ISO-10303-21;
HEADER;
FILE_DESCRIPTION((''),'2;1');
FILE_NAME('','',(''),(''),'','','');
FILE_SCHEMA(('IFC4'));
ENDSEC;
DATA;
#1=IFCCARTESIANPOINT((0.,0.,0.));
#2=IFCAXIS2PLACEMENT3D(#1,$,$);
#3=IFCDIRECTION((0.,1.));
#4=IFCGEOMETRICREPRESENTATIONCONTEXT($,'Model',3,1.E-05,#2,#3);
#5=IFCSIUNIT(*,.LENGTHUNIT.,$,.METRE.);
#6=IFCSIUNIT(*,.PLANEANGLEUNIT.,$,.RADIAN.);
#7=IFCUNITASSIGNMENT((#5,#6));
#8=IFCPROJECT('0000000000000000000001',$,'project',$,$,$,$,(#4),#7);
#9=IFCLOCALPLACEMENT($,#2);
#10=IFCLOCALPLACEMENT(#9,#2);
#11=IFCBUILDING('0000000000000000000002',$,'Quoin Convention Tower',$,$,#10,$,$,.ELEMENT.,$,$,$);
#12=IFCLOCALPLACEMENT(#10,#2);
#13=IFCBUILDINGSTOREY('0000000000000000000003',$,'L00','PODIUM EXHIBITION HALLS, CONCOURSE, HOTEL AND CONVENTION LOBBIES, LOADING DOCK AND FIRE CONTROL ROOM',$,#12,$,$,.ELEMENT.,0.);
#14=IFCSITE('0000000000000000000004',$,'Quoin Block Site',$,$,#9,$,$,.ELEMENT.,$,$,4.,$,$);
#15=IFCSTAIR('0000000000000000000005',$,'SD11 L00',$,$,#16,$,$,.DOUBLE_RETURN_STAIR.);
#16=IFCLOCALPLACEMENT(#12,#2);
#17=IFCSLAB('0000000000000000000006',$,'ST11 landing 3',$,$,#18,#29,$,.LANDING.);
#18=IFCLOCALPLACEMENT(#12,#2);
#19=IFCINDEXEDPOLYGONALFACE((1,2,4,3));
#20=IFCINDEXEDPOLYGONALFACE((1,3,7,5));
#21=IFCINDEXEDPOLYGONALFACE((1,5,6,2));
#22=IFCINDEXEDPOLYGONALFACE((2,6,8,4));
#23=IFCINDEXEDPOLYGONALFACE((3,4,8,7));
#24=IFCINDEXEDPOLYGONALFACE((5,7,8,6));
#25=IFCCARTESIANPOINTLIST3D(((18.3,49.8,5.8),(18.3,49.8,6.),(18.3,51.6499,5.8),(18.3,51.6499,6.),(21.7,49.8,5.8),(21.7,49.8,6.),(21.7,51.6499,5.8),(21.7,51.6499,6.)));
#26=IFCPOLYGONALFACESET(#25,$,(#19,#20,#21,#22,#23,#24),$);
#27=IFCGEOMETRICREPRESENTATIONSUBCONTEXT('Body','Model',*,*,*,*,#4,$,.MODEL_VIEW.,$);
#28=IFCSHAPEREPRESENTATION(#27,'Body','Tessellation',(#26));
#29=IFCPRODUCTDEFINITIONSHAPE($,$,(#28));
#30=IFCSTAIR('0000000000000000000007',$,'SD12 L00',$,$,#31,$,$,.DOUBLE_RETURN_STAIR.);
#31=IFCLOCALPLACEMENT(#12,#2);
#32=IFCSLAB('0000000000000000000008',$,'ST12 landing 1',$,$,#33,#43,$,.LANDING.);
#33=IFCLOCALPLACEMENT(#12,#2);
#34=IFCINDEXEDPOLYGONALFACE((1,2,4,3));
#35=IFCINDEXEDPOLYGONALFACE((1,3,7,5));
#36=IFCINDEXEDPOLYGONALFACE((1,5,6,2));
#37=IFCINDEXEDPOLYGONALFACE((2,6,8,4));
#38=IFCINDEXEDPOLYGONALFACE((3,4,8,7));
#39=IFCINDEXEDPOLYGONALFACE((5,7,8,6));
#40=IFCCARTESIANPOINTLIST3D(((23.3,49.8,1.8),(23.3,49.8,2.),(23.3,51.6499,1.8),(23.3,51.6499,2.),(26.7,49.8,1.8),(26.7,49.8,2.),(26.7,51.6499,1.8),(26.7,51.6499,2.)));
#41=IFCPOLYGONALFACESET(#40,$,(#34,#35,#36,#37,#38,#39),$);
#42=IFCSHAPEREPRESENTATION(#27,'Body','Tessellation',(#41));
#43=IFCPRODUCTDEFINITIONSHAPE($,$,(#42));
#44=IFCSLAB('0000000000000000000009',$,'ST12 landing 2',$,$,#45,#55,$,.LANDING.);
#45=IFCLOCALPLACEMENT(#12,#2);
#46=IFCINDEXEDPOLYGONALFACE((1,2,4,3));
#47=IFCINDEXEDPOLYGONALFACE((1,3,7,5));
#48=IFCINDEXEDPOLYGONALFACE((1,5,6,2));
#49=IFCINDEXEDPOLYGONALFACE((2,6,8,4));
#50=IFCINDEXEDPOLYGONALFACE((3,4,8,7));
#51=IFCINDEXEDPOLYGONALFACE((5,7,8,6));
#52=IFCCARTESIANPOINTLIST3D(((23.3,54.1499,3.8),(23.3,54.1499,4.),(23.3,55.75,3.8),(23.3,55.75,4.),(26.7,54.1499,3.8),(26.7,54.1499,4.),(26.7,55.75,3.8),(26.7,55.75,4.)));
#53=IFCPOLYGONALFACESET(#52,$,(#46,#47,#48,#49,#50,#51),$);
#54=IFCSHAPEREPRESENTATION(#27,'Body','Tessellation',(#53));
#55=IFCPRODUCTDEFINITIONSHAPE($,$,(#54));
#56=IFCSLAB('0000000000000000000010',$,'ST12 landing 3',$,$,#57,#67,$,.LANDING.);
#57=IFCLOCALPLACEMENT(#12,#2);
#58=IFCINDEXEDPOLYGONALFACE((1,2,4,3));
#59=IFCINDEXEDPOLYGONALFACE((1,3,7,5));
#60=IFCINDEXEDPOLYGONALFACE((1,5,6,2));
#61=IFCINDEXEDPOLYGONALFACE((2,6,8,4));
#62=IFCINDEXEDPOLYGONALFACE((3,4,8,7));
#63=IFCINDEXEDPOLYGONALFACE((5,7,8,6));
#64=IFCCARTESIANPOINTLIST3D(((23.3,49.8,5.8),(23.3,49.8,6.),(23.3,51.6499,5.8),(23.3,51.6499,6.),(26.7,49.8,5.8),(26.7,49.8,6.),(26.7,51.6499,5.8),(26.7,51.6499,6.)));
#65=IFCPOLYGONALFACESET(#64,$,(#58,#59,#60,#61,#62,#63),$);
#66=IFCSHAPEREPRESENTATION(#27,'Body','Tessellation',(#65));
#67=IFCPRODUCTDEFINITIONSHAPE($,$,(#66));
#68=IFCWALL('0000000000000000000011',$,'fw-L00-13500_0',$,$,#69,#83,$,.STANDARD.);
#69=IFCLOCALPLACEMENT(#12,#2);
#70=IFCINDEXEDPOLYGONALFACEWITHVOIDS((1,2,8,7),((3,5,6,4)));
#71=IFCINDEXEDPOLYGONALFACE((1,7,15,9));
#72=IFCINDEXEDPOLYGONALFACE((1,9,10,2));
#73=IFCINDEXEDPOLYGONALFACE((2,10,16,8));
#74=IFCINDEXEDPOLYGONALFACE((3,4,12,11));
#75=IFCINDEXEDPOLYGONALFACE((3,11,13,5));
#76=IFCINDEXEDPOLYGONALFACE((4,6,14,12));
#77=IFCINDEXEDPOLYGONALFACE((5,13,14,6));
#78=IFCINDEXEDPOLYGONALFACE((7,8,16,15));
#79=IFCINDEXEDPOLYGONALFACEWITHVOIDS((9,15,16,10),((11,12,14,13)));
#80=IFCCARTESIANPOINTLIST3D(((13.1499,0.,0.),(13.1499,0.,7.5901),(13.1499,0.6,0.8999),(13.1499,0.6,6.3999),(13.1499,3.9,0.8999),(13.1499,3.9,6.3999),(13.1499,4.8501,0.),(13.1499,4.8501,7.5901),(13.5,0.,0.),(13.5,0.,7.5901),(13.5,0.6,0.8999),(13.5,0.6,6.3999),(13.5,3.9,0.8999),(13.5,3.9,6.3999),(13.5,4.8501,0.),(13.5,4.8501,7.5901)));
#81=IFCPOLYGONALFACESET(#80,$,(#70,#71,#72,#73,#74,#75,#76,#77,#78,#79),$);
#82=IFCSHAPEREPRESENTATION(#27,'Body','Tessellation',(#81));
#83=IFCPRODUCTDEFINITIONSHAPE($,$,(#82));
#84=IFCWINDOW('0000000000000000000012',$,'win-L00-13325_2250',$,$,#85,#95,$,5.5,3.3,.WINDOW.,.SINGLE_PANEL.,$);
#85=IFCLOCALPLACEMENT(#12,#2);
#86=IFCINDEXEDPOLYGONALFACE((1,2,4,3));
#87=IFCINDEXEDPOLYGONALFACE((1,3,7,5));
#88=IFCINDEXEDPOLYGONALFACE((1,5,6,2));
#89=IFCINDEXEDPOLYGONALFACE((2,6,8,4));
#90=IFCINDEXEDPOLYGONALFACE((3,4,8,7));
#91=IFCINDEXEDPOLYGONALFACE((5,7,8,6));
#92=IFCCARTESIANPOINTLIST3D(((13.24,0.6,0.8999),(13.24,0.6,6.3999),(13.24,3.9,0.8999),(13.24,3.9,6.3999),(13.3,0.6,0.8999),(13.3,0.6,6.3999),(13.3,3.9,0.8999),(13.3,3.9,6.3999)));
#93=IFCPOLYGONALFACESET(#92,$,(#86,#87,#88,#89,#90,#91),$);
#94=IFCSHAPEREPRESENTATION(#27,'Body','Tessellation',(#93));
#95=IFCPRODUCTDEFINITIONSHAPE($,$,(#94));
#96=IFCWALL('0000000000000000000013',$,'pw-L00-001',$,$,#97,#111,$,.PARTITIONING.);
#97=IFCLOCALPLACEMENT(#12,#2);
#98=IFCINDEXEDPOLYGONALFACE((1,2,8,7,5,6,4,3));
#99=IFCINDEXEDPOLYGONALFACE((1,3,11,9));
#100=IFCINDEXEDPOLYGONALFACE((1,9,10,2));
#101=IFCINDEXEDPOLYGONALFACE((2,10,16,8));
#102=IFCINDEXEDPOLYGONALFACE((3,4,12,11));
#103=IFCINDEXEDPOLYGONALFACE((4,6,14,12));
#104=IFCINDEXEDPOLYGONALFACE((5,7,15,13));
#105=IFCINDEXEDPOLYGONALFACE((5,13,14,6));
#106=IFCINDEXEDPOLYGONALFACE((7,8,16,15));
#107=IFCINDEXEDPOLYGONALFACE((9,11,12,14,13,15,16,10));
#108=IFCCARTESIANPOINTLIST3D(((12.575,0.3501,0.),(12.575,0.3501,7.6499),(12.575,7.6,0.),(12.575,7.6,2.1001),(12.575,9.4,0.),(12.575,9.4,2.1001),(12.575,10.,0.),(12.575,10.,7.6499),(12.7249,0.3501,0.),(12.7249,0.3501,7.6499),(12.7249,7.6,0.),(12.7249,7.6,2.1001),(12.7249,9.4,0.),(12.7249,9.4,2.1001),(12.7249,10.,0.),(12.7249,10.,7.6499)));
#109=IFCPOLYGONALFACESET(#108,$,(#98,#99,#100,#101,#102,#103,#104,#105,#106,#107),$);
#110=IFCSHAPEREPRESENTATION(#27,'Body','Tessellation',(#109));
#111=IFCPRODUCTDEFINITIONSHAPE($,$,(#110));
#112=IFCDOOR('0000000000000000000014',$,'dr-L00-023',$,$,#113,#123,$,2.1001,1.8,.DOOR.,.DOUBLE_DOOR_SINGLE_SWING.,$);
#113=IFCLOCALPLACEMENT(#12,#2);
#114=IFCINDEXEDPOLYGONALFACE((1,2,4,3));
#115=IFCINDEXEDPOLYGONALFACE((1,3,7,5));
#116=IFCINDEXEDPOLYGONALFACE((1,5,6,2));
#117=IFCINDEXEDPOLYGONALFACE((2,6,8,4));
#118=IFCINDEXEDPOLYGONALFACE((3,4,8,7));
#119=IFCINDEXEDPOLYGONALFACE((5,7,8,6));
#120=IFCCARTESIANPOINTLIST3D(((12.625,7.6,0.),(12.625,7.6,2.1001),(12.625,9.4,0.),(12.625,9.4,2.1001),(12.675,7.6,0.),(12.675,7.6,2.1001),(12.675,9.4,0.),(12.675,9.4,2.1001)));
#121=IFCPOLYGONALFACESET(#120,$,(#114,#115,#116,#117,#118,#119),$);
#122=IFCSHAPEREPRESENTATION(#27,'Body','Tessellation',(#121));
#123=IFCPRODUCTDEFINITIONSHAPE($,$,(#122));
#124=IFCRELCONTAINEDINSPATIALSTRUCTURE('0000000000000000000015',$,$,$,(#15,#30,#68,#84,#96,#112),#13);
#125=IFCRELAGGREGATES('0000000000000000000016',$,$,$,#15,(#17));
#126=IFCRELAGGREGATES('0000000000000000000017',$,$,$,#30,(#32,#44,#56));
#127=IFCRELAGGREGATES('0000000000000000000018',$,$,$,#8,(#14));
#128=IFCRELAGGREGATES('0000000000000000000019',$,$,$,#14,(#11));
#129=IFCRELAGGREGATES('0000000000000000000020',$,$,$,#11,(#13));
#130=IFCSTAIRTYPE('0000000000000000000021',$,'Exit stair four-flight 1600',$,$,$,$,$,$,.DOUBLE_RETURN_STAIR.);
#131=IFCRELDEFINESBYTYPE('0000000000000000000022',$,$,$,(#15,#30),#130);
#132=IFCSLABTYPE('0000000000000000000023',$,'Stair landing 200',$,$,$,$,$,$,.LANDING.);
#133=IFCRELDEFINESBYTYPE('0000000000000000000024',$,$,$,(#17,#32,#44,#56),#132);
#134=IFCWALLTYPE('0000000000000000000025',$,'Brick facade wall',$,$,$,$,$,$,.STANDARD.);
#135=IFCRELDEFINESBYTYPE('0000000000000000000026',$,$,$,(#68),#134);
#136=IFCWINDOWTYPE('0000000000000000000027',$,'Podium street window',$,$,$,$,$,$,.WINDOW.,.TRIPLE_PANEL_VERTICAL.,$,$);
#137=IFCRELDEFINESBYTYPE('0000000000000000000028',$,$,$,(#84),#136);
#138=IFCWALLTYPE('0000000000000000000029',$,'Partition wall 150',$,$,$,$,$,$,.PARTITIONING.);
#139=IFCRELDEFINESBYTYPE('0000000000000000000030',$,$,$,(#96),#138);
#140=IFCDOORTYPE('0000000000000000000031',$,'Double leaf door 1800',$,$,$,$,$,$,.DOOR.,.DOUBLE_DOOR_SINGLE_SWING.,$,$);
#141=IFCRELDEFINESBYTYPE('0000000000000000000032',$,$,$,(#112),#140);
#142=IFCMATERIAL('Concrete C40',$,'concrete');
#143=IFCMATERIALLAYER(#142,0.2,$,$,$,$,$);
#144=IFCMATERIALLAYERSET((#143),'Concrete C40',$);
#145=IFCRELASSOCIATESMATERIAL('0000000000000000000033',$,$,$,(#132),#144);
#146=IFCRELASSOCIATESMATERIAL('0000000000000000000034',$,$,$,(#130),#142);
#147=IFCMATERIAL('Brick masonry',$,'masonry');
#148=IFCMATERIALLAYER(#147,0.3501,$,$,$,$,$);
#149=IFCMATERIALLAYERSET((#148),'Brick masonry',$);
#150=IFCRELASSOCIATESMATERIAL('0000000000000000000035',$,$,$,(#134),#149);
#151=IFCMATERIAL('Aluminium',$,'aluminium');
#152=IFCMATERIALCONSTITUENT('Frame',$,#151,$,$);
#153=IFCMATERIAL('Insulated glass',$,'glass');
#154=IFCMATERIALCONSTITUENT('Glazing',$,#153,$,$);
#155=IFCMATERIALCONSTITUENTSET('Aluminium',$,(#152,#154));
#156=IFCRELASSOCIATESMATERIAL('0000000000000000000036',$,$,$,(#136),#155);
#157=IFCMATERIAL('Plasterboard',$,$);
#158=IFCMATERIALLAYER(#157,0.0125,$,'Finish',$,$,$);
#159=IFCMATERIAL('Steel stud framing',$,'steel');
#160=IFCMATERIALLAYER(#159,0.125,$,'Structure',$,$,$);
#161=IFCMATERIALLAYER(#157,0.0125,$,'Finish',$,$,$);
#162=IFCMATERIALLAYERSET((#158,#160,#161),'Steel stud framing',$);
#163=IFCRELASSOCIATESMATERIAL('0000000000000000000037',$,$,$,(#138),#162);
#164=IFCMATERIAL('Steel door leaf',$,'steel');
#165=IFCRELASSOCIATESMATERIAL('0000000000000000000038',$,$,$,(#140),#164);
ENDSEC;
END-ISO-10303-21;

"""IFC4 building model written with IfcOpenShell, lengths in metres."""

from ifc_helpers import new_model, si_unit, direction, frame, frame_2d, origin, place, context, subcontext, project, spatial, polyline, rectangle, outline, extrude, material, layer, layer_set, constituent, constituent_set, type_object, element, fill, aggregate, save


model = new_model("IFC4")

# Units and contexts
model_context = context("Model", 3, precision=1e-05, world=origin(), true_north=direction((0.0, 1.0)))
body_context = subcontext(model_context, "Body", "Model", "MODEL_VIEW")
ifc_project = project(units=[si_unit("LENGTHUNIT", "METRE"), si_unit("PLANEANGLEUNIT", "RADIAN")], contexts=[model_context])

# Site, building, storey
site_placement = place(None, origin())
site = spatial("IfcSite", under=ifc_project, at=site_placement, Name="Quoin Block Site", CompositionType="ELEMENT", RefElevation=4.0)
building_placement = place(site_placement, origin())
building = spatial("IfcBuilding", under=site, at=building_placement, Name="Quoin Convention Tower", CompositionType="ELEMENT")
storey_placement = place(building_placement, origin())
storey = spatial("IfcBuildingStorey", under=building, at=storey_placement, Name="L00", Description="PODIUM EXHIBITION HALLS, CONCOURSE, HOTEL AND CONVENTION LOBBIES, LOADING DOCK AND FIRE CONTROL ROOM", CompositionType="ELEMENT", Elevation=0.0)

# Shared definitions
ifc_material_1 = material(Name="Aluminium", Category="aluminium")
ifc_material_2 = material(Name="Insulated glass", Category="glass")

# Shared definitions
ifc_material_3 = material(Name="Concrete C40", Category="concrete")
ifc_layer_1 = layer(ifc_material_3, 0.2)
ifc_layer_set_1 = layer_set([ifc_layer_1], Name="Concrete C40")
slab_type = type_object("IfcSlabType", Name="Stair landing 200", PredefinedType="LANDING", material=ifc_layer_set_1)

# Stairs, slabs
stair_type_1 = type_object("IfcStairType", Name="Exit stair four-flight 1600", PredefinedType="DOUBLE_RETURN_STAIR", material=ifc_material_3)
stair_1_placement = place(storey_placement, origin())
stair_1 = element("IfcStair", 1, at=stair_1_placement, inside=storey, type_object=stair_type_1, Name="SD11 L00", PredefinedType="DOUBLE_RETURN_STAIR")
slab_1_placement = place(storey_placement, frame((0.0, 0.0, 5.8)))
slab_1 = element("IfcSlab", 2, at=slab_1_placement, type_object=slab_type, Name="ST11 landing 3", PredefinedType="LANDING", context=body_context, shape_type="SweptSolid", body=[
    extrude(outline(polyline([(21.7, 51.6499), (18.3, 51.6499), (18.3, 49.8), (21.7, 49.8), (21.7, 51.6499)])), origin(), (0.0, 0.0, 1.0), 0.2),
])
aggregate(stair_1, [slab_1])
stair_2_placement = place(storey_placement, origin())
stair_2 = element("IfcStair", 3, at=stair_2_placement, inside=storey, type_object=stair_type_1, Name="SD12 L00", PredefinedType="DOUBLE_RETURN_STAIR")
slab_2_placement = place(storey_placement, frame((0.0, 0.0, 1.8)))
slab_2 = element("IfcSlab", 4, at=slab_2_placement, type_object=slab_type, Name="ST12 landing 1", PredefinedType="LANDING", context=body_context, shape_type="SweptSolid", body=[
    extrude(outline(polyline([(26.7, 51.6499), (23.3, 51.6499), (23.3, 49.8), (26.7, 49.8), (26.7, 51.6499)])), origin(), (0.0, 0.0, 1.0), 0.2),
])
slab_3_placement = place(storey_placement, frame((0.0, 0.0, 3.8)))
slab_3 = element("IfcSlab", 5, at=slab_3_placement, type_object=slab_type, Name="ST12 landing 2", PredefinedType="LANDING", context=body_context, shape_type="SweptSolid", body=[
    extrude(outline(polyline([(26.7, 55.75), (23.3, 55.75), (23.3, 54.1499), (26.7, 54.1499), (26.7, 55.75)])), origin(), (0.0, 0.0, 1.0), 0.2),
])
slab_4_placement = place(storey_placement, frame((0.0, 0.0, 5.8)))
slab_4 = element("IfcSlab", 6, at=slab_4_placement, type_object=slab_type, Name="ST12 landing 3", PredefinedType="LANDING", context=body_context, shape_type="SweptSolid", body=[
    extrude(outline(polyline([(26.7, 51.6499), (23.3, 51.6499), (23.3, 49.8), (26.7, 49.8), (26.7, 51.6499)])), origin(), (0.0, 0.0, 1.0), 0.2),
])
aggregate(stair_2, [slab_2, slab_3, slab_4])

# Shared definitions
ifc_material_4 = material(Name="Brick masonry", Category="masonry")
ifc_layer_2 = layer(ifc_material_4, 0.3501)
ifc_layer_set_2 = layer_set([ifc_layer_2], Name="Brick masonry")
wall_type_1 = type_object("IfcWallType", Name="Brick facade wall", PredefinedType="STANDARD", material=ifc_layer_set_2)
ifc_constituent_1 = constituent(ifc_material_1, Name="Frame")
ifc_constituent_2 = constituent(ifc_material_2, Name="Glazing")
ifc_constituent_set_1 = constituent_set(constituents=[ifc_constituent_1, ifc_constituent_2], Name="Aluminium")
window_type = type_object("IfcWindowType", Name="Podium street window", PartitioningType="TRIPLE_PANEL_VERTICAL", PredefinedType="WINDOW", material=ifc_constituent_set_1)

# Wall, opening, window
wall_1_placement = place(storey_placement, frame((13.325, 0.0, 0.0), z_axis=(0.0, 0.0, 1.0), x_axis=(0.0, 1.0, 0.0)))
wall_1 = element("IfcWall", 7, at=wall_1_placement, inside=storey, type_object=wall_type_1, Name="fw-L00-13500_0", PredefinedType="STANDARD", context=body_context, shape_type="SweptSolid", body=[
    extrude(rectangle(XDim=4.8501, YDim=0.3501, at=frame_2d((2.425, 0.0))), origin(), (0.0, 0.0, 1.0), 7.5901),
])
opening_1_placement = place(wall_1_placement, frame((0.6001, 0.0, 0.8999)))
opening_1 = element("IfcOpeningElement", 8, at=opening_1_placement, cuts=wall_1, PredefinedType="OPENING", context=body_context, shape_type="SweptSolid", body=[
    extrude(rectangle(XDim=3.3, YDim=5.5, at=frame_2d((1.6499, 2.75))), frame((0.0, 0.1851, 0.0), z_axis=(0.0, -1.0, 0.0), x_axis=(1.0, 0.0, 0.0)), (0.0, 0.0, 1.0), 0.3701),
])
window_1_placement = place(opening_1_placement, origin())
window_1 = element("IfcWindow", 9, at=window_1_placement, inside=storey, type_object=window_type, Name="win-L00-13325_2250", OverallHeight=5.5, OverallWidth=3.3, PartitioningType="SINGLE_PANEL", PredefinedType="WINDOW", context=body_context, shape_type="SweptSolid", body=[
    extrude(rectangle(XDim=3.3, YDim=5.5, at=frame_2d((1.6499, 2.75))), frame((0.0, 0.085, 0.0), z_axis=(0.0, -1.0, 0.0), x_axis=(1.0, 0.0, 0.0)), (0.0, 0.0, 1.0), 0.0601),
])
fill(opening_1, window_1)

# Wall, opening, door
ifc_material_5 = material(Name="Plasterboard")
ifc_layer_3 = layer(ifc_material_5, 0.0125, Name="Finish")
ifc_material_6 = material(Name="Steel stud framing", Category="steel")
ifc_layer_4 = layer(ifc_material_6, 0.125, Name="Structure")
ifc_layer_5 = layer(ifc_material_5, 0.0125, Name="Finish")
ifc_layer_set_3 = layer_set([ifc_layer_3, ifc_layer_4, ifc_layer_5], Name="Steel stud framing")
wall_type_2 = type_object("IfcWallType", Name="Partition wall 150", PredefinedType="PARTITIONING", material=ifc_layer_set_3)
wall_2_placement = place(storey_placement, frame((12.6499, 0.3501, 0.0), z_axis=(0.0, 0.0, 1.0), x_axis=(0.0, 1.0, 0.0)))
wall_2 = element("IfcWall", 10, at=wall_2_placement, inside=storey, type_object=wall_type_2, Name="pw-L00-001", PredefinedType="PARTITIONING", context=body_context, shape_type="SweptSolid", body=[
    extrude(rectangle(XDim=9.6499, YDim=0.1499, at=frame_2d((4.825, 0.0))), origin(), (0.0, 0.0, 1.0), 7.6499),
])
opening_2_placement = place(wall_2_placement, frame((7.25, 0.0, 0.0)))
opening_2 = element("IfcOpeningElement", 11, at=opening_2_placement, cuts=wall_2, PredefinedType="OPENING", context=body_context, shape_type="SweptSolid", body=[
    extrude(rectangle(XDim=1.8, YDim=2.1001, at=frame_2d((0.8999, 1.05))), frame((0.0, 0.085, 0.0), z_axis=(0.0, -1.0, 0.0), x_axis=(1.0, 0.0, 0.0)), (0.0, 0.0, 1.0), 0.1699),
])
ifc_material_7 = material(Name="Steel door leaf", Category="steel")
door_type_1 = type_object("IfcDoorType", Name="Double leaf door 1800", OperationType="DOUBLE_DOOR_SINGLE_SWING", PredefinedType="DOOR", material=ifc_material_7)
door_1_placement = place(opening_2_placement, origin())
door_1 = element("IfcDoor", 12, at=door_1_placement, inside=storey, type_object=door_type_1, Name="dr-L00-023", OperationType="DOUBLE_DOOR_SINGLE_SWING", OverallHeight=2.1001, OverallWidth=1.8, PredefinedType="DOOR", context=body_context, shape_type="SweptSolid", body=[
    extrude(rectangle(XDim=1.8, YDim=2.1001, at=frame_2d((0.8999, 1.05))), frame((0.0, 0.0249, 0.0), z_axis=(0.0, -1.0, 0.0), x_axis=(1.0, 0.0, 0.0)), (0.0, 0.0, 1.0), 0.05),
])
fill(opening_2, door_1)

save(model, "model.ifc")
